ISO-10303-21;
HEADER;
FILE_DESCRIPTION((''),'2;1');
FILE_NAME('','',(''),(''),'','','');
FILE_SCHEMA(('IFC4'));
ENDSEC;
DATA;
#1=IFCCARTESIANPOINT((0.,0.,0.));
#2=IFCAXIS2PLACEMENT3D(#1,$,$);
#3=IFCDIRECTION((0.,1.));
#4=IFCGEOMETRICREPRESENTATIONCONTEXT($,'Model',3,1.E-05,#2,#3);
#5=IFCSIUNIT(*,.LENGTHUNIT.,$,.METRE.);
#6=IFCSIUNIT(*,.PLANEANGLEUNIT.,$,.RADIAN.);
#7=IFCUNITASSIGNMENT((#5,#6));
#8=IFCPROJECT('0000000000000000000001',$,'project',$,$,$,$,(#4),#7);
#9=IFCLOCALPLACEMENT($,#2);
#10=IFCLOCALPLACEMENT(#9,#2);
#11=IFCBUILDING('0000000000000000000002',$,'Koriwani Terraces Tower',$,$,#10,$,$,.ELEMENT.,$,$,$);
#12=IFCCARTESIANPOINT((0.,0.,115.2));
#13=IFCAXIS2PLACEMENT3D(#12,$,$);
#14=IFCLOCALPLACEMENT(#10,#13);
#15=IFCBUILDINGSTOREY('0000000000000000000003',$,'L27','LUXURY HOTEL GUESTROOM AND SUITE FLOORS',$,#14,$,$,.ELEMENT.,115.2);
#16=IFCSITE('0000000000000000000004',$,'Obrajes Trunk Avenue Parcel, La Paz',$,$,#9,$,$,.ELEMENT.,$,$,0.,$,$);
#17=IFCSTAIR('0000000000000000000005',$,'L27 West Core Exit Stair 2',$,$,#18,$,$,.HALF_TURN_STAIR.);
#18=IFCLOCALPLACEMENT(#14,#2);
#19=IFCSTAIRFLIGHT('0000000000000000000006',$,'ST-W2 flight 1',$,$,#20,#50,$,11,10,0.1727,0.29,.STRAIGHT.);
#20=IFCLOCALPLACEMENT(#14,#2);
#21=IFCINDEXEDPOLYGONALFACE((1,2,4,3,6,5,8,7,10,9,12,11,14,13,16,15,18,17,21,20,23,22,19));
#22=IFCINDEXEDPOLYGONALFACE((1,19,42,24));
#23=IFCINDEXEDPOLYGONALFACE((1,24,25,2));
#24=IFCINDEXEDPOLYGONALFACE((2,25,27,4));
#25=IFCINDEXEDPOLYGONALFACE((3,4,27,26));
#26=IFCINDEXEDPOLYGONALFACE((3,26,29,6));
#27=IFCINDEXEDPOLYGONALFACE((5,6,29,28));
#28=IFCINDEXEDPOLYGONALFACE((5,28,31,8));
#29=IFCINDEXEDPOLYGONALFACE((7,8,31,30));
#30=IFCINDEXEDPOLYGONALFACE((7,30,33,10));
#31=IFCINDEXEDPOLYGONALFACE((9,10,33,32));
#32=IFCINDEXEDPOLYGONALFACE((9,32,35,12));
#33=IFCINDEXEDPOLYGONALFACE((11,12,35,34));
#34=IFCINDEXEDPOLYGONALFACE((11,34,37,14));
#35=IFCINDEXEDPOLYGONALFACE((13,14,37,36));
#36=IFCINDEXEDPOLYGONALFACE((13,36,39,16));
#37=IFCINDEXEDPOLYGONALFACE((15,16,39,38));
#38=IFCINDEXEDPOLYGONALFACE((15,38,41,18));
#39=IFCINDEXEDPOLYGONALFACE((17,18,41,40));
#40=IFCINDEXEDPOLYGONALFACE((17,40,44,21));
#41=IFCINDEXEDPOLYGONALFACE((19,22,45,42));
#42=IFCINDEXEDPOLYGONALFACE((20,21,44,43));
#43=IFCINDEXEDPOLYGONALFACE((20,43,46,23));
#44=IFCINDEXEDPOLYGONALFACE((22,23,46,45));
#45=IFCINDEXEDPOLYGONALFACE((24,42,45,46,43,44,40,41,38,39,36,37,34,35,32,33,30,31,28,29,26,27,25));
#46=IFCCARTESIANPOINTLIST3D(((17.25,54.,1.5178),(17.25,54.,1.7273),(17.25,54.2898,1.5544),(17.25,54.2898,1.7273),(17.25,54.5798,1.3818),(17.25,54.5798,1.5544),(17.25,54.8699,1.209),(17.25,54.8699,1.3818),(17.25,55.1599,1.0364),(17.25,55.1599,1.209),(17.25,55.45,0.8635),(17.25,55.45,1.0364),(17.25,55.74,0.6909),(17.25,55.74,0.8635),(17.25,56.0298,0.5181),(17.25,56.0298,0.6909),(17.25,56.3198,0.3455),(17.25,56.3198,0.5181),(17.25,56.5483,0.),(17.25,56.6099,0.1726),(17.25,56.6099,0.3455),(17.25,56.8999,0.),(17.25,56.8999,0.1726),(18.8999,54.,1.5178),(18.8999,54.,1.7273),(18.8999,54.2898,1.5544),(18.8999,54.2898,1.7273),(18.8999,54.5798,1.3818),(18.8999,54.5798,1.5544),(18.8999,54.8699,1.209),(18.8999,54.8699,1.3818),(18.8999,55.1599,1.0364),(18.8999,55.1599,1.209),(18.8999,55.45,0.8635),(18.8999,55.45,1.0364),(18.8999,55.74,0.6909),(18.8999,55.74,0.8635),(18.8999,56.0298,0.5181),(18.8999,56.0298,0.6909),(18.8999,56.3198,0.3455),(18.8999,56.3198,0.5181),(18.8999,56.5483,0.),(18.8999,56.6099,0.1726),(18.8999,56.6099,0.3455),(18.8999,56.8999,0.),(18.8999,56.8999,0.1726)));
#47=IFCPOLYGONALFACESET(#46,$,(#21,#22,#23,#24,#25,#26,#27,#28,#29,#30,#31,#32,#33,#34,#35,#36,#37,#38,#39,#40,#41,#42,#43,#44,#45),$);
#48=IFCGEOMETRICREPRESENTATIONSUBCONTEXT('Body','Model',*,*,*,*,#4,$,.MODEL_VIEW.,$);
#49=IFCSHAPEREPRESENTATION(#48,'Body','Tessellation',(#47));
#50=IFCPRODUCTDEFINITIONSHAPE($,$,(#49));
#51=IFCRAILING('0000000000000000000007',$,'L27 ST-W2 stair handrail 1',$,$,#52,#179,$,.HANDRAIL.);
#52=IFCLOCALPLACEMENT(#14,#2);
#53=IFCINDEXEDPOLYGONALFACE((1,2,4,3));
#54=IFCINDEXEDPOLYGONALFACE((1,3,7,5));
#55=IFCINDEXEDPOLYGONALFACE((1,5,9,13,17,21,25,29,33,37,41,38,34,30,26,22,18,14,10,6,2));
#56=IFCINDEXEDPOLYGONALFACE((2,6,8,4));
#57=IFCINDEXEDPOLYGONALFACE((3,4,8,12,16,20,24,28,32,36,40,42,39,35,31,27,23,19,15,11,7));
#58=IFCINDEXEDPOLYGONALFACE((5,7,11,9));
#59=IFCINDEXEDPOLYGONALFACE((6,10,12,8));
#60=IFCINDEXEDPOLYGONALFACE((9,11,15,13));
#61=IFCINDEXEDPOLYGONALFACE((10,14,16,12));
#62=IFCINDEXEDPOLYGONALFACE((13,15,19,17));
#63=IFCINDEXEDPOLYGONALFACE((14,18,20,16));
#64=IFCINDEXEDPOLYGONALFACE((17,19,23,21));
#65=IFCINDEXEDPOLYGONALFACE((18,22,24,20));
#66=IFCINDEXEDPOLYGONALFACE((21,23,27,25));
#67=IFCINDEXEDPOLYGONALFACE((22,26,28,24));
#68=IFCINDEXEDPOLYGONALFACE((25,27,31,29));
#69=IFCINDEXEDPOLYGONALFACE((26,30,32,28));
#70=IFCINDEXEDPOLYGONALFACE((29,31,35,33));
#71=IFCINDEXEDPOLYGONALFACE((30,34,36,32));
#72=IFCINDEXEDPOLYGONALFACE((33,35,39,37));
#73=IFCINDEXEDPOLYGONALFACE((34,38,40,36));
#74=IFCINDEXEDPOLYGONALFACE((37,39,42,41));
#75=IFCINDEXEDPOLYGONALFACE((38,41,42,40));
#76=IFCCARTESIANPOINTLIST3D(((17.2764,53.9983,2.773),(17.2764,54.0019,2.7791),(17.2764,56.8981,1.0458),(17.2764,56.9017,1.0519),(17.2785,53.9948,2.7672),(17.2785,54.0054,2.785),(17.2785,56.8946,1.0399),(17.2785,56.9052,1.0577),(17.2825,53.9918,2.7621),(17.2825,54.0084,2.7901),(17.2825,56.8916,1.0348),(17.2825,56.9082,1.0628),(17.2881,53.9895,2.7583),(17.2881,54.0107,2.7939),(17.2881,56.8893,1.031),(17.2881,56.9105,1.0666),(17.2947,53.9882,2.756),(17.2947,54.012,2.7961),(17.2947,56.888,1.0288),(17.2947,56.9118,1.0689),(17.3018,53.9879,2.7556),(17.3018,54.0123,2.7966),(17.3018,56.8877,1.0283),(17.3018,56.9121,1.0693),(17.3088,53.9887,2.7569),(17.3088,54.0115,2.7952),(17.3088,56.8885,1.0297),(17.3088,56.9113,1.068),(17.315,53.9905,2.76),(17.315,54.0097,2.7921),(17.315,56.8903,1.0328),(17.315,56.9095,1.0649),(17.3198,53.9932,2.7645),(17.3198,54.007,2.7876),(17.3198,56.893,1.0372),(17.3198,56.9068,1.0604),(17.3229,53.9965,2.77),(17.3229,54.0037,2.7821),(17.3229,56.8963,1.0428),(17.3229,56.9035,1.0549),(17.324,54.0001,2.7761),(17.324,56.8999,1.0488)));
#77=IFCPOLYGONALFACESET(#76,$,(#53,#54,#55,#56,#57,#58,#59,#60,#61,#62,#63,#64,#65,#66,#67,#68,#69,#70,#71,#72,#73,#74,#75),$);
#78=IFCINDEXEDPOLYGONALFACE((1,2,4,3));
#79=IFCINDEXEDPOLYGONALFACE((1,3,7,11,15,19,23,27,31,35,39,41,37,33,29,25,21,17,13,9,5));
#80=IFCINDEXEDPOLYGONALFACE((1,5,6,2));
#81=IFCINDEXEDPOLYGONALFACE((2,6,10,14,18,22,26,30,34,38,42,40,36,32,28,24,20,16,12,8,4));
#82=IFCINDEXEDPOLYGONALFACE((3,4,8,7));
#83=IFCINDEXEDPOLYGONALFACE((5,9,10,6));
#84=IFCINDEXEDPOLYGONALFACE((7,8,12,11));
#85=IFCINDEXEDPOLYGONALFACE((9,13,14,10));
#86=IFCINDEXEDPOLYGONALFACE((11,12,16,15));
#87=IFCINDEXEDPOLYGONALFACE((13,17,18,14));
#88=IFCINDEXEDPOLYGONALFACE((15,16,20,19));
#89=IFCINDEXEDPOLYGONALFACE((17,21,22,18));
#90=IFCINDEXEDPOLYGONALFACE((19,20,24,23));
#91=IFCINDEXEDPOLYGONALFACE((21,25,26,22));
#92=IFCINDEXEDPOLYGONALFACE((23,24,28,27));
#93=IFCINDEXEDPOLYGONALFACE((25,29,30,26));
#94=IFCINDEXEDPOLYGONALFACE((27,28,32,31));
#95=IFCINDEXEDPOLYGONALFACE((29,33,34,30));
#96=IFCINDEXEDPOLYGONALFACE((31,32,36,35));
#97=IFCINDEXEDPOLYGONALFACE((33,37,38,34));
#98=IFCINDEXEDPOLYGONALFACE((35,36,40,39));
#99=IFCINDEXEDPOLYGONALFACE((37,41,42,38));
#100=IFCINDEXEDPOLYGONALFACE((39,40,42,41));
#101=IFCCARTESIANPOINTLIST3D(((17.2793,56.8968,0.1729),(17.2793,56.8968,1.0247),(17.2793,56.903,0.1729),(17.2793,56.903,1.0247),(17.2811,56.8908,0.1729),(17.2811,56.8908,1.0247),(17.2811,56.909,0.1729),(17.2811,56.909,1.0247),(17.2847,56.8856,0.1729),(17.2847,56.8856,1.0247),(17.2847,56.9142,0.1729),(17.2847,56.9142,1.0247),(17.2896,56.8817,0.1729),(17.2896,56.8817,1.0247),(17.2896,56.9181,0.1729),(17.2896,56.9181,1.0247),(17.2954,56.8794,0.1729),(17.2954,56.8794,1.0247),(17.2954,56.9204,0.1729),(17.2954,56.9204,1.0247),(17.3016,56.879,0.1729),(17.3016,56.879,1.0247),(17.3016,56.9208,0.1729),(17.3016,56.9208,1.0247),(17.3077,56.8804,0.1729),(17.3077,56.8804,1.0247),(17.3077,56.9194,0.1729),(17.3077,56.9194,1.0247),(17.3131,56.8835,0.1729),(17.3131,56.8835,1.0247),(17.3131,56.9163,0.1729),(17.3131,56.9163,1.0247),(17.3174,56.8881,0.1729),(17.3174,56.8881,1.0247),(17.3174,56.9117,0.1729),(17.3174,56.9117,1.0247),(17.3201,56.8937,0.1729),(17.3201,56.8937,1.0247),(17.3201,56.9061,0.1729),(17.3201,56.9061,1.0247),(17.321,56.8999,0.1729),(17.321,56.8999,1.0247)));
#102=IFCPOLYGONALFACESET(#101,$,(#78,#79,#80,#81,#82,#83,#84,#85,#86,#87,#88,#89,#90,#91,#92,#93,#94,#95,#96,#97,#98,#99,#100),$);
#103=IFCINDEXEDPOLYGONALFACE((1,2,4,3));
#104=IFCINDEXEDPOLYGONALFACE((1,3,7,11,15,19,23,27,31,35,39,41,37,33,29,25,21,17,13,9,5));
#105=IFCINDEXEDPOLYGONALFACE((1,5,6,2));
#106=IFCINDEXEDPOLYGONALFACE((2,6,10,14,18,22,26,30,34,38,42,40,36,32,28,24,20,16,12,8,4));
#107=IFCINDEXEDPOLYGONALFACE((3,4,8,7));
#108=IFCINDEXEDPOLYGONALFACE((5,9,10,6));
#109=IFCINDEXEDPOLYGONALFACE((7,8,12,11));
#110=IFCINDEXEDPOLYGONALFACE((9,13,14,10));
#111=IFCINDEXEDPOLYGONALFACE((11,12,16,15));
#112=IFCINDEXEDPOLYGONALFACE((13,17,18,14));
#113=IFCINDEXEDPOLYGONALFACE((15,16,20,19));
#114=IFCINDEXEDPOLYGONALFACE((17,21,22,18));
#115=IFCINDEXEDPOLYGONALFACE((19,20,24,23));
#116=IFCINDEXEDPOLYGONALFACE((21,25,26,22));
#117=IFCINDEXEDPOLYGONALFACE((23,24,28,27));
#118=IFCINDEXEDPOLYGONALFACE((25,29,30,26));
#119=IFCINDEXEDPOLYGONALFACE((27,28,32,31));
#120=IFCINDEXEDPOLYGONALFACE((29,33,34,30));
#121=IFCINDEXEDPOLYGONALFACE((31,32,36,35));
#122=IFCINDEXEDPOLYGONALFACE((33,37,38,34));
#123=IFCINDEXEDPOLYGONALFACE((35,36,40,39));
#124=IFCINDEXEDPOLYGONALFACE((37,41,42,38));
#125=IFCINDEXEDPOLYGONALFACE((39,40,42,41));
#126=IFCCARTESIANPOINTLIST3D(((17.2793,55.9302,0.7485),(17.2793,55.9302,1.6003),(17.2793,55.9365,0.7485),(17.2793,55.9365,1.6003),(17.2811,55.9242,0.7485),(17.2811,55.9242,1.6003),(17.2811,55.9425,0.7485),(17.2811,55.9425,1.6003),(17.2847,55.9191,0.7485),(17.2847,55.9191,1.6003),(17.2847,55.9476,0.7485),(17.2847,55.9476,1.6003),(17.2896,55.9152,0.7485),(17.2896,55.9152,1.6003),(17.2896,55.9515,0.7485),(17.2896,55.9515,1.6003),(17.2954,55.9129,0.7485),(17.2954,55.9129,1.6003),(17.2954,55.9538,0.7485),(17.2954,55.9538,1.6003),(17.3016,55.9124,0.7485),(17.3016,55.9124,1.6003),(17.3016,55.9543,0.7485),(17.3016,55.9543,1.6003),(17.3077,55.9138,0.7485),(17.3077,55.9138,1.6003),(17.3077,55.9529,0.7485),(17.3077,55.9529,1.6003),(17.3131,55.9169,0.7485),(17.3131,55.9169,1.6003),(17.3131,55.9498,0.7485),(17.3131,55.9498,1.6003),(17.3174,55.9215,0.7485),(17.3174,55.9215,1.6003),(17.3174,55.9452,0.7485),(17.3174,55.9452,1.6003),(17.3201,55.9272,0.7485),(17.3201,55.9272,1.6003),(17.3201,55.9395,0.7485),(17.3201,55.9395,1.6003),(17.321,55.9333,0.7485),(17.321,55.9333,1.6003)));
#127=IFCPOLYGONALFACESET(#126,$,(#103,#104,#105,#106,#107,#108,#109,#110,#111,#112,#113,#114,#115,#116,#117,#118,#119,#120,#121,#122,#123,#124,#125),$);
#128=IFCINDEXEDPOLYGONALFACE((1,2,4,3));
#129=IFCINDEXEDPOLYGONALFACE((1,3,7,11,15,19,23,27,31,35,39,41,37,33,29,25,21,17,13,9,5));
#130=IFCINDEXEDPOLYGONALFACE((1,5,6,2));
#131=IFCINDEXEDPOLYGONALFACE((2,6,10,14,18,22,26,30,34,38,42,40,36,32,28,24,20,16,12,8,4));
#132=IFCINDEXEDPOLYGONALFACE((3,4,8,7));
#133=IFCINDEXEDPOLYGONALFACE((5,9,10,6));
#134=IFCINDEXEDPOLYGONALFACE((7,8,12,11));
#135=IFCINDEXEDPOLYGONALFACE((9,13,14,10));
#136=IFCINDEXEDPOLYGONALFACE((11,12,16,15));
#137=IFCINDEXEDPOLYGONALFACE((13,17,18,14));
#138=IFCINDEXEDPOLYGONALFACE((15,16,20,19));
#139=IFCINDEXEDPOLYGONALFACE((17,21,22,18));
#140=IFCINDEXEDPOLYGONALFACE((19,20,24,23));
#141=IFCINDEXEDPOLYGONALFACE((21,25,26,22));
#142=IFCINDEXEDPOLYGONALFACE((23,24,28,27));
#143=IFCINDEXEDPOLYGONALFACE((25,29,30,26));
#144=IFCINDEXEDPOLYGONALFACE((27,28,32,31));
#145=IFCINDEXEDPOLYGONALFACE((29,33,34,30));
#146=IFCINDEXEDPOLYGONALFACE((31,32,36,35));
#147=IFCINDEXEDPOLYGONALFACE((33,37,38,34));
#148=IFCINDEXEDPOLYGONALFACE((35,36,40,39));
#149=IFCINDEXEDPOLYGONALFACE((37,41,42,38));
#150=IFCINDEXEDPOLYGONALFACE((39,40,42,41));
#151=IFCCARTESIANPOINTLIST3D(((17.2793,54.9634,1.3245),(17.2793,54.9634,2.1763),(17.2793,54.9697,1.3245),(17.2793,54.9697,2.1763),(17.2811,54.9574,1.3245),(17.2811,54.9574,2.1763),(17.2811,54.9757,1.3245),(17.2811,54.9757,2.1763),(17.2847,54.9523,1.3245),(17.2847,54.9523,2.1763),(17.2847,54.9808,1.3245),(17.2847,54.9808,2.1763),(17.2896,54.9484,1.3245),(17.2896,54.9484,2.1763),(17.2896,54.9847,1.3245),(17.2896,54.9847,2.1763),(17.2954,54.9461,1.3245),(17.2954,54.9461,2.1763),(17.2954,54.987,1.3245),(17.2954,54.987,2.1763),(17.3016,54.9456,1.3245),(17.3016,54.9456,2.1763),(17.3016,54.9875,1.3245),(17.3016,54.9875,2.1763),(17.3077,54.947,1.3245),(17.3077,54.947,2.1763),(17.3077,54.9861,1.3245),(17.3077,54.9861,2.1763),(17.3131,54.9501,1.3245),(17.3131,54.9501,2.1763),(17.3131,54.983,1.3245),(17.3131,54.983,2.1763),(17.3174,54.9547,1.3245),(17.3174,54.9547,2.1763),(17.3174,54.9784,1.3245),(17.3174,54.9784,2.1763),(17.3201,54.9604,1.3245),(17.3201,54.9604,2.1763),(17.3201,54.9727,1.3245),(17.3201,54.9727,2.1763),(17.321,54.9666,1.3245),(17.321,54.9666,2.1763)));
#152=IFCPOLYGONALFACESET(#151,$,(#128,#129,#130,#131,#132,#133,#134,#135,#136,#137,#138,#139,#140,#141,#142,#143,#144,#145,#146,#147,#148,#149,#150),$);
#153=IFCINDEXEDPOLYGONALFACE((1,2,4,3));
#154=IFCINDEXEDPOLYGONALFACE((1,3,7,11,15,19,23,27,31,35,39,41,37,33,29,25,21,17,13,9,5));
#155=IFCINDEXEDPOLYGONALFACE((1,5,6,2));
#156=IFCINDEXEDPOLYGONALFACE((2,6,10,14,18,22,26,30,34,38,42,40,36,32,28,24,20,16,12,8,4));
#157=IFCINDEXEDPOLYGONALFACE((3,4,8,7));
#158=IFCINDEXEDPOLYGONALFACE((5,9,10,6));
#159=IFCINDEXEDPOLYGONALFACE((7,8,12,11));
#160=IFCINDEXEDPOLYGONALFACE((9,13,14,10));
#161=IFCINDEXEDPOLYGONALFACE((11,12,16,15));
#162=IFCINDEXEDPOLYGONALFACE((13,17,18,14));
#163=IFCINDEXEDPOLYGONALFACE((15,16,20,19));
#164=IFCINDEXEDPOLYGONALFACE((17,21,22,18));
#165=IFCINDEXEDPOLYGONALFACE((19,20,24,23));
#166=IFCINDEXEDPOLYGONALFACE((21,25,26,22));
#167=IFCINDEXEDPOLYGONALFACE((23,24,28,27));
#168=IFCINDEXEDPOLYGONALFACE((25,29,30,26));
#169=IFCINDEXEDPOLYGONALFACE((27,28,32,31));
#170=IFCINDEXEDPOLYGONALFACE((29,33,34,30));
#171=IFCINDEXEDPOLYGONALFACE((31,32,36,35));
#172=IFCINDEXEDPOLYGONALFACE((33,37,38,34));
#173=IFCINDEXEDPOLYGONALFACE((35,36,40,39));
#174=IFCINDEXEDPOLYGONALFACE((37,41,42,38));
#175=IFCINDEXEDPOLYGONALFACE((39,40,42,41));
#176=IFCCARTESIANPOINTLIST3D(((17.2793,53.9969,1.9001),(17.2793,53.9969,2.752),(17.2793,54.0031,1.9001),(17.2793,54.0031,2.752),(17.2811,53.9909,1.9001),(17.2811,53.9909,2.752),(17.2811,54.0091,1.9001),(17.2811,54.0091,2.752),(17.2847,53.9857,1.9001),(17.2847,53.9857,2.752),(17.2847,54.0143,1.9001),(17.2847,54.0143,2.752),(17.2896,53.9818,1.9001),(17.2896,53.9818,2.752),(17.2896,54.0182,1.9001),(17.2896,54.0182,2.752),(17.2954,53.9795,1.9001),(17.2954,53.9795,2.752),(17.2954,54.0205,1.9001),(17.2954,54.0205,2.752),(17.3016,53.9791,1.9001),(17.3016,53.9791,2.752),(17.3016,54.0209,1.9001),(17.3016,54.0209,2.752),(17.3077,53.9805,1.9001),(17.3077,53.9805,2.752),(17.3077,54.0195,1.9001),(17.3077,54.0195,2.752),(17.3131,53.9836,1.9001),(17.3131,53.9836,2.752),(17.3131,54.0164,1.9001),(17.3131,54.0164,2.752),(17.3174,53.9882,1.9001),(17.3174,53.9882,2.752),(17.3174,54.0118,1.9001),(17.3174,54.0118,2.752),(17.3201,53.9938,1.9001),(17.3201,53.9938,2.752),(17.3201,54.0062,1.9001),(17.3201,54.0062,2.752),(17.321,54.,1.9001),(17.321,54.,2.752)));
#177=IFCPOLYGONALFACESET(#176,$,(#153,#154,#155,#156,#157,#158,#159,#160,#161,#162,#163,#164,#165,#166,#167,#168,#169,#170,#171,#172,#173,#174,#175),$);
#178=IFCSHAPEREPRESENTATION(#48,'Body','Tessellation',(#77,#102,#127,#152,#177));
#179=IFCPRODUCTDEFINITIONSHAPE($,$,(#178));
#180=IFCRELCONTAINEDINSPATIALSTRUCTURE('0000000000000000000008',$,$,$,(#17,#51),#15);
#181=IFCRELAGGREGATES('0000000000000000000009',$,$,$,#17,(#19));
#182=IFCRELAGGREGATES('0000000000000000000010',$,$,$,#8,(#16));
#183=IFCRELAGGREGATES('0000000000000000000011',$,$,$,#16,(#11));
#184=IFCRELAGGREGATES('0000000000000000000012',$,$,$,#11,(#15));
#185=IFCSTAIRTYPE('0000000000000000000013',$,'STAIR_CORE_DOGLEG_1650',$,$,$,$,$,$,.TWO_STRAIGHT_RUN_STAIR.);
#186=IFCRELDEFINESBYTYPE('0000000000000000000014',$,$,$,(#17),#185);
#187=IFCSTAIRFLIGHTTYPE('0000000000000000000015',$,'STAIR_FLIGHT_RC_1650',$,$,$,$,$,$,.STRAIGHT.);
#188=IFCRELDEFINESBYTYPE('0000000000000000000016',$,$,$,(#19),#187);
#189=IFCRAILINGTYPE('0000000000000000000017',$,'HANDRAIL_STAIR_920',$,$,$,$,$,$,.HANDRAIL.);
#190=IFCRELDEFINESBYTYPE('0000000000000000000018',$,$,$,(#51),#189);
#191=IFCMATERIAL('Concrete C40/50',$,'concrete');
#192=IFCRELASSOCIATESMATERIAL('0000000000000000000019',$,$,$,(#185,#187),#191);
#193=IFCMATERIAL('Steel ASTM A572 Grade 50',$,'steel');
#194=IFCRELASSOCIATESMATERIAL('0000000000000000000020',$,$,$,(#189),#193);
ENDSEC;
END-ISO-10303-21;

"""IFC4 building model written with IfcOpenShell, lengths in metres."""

from ifc_helpers import new_model, si_unit, direction, frame, origin, origin_2d, place, context, subcontext, project, spatial, polyline, circle, outline, extrude, material, type_object, element, aggregate, save


model = new_model("IFC4")

# Units and contexts
model_context = context("Model", 3, precision=1e-05, world=origin(), true_north=direction((0.0, 1.0)))
body_context = subcontext(model_context, "Body", "Model", "MODEL_VIEW")
ifc_project = project(units=[si_unit("LENGTHUNIT", "METRE"), si_unit("PLANEANGLEUNIT", "RADIAN")], contexts=[model_context])

# Site, building, storey
site_placement = place(None, origin())
site = spatial("IfcSite", under=ifc_project, at=site_placement, Name="Obrajes Trunk Avenue Parcel, La Paz", CompositionType="ELEMENT", RefElevation=0.0)
building_placement = place(site_placement, origin())
building = spatial("IfcBuilding", under=site, at=building_placement, Name="Koriwani Terraces Tower", CompositionType="ELEMENT")
storey_placement = place(building_placement, frame((0.0, 0.0, 115.2)))
storey = spatial("IfcBuildingStorey", under=building, at=storey_placement, Name="L27", Description="LUXURY HOTEL GUESTROOM AND SUITE FLOORS", CompositionType="ELEMENT", Elevation=115.2)

# Shared definitions
ifc_material_1 = material(Name="Concrete C40/50", Category="concrete")
ifc_material_2 = material(Name="Steel ASTM A572 Grade 50", Category="steel")

# Stair, stair flight
stair_type = type_object("IfcStairType", Name="STAIR_CORE_DOGLEG_1650", PredefinedType="TWO_STRAIGHT_RUN_STAIR", material=ifc_material_1)
stair_placement = place(storey_placement, origin())
stair = element("IfcStair", 1, at=stair_placement, inside=storey, type_object=stair_type, Name="L27 West Core Exit Stair 2", PredefinedType="HALF_TURN_STAIR")
stair_flight_type = type_object("IfcStairFlightType", Name="STAIR_FLIGHT_RC_1650", PredefinedType="STRAIGHT", material=ifc_material_1)
stair_flight_placement = place(storey_placement, frame((18.075, 56.8999, 0.0), z_axis=(0.0, 0.0, 1.0), x_axis=(0.0, -1.0, 0.0)))
stair_flight = element("IfcStairFlight", 2, at=stair_flight_placement, type_object=stair_flight_type, Name="ST-W2 flight 1", NumberOfRisers=11, NumberOfTreads=10, PredefinedType="STRAIGHT", RiserHeight=0.1727, TreadLength=0.29, context=body_context, shape_type="SweptSolid", body=[
    extrude(outline(polyline([(0.0, 0.0), (0.0, 0.1726), (0.29, 0.1726), (0.29, 0.3455), (0.5801, 0.3455), (0.5801, 0.5181), (0.8701, 0.5181), (0.8701, 0.6909), (1.1599, 0.6909), (1.1599, 0.8635), (1.45, 0.8635), (1.45, 1.0364), (1.74, 1.0364), (1.74, 1.209), (2.03, 1.209), (2.03, 1.3818), (2.3201, 1.3818), (2.3201, 1.5544), (2.6101, 1.5544), (2.6101, 1.7273), (2.8999, 1.7273), (2.8999, 1.8999), (2.8999, 1.5178), (0.3516, 0.0), (0.0, 0.0)])), frame((0.0, 0.825, 0.0), z_axis=(0.0, -1.0, 0.0), x_axis=(1.0, 0.0, 0.0)), (0.0, 0.0, 1.0), 1.6499),
])
aggregate(stair, [stair_flight])

# Railing
railing_type = type_object("IfcRailingType", Name="HANDRAIL_STAIR_920", PredefinedType="HANDRAIL", material=ifc_material_2)
railing_placement = place(storey_placement, frame((17.3, 56.8999, 0.1729)))
element("IfcRailing", 3, at=railing_placement, inside=storey, type_object=railing_type, Name="L27 ST-W2 stair handrail 1", PredefinedType="HANDRAIL", context=body_context, shape_type="SweptSolid", body=[
    extrude(circle(Radius=0.0239, at=origin_2d()), frame((0.0, 0.0, 0.876), z_axis=(0.0, -0.859141, 0.511738), x_axis=(1.0, 0.0, 0.0)), (0.0, 0.0, 1.0), 3.3752),
    extrude(circle(Radius=0.021, at=origin_2d()), origin(), (0.0, 0.0, 1.0), 0.8518),
    extrude(circle(Radius=0.021, at=origin_2d()), frame((0.0, -0.9666, 0.5757)), (0.0, 0.0, 1.0), 0.8518),
    extrude(circle(Radius=0.021, at=origin_2d()), frame((0.0, -1.9333, 1.1516)), (0.0, 0.0, 1.0), 0.8518),
    extrude(circle(Radius=0.021, at=origin_2d()), frame((0.0, -2.8999, 1.7273)), (0.0, 0.0, 1.0), 0.8518),
])

save(model, "model.ifc")
